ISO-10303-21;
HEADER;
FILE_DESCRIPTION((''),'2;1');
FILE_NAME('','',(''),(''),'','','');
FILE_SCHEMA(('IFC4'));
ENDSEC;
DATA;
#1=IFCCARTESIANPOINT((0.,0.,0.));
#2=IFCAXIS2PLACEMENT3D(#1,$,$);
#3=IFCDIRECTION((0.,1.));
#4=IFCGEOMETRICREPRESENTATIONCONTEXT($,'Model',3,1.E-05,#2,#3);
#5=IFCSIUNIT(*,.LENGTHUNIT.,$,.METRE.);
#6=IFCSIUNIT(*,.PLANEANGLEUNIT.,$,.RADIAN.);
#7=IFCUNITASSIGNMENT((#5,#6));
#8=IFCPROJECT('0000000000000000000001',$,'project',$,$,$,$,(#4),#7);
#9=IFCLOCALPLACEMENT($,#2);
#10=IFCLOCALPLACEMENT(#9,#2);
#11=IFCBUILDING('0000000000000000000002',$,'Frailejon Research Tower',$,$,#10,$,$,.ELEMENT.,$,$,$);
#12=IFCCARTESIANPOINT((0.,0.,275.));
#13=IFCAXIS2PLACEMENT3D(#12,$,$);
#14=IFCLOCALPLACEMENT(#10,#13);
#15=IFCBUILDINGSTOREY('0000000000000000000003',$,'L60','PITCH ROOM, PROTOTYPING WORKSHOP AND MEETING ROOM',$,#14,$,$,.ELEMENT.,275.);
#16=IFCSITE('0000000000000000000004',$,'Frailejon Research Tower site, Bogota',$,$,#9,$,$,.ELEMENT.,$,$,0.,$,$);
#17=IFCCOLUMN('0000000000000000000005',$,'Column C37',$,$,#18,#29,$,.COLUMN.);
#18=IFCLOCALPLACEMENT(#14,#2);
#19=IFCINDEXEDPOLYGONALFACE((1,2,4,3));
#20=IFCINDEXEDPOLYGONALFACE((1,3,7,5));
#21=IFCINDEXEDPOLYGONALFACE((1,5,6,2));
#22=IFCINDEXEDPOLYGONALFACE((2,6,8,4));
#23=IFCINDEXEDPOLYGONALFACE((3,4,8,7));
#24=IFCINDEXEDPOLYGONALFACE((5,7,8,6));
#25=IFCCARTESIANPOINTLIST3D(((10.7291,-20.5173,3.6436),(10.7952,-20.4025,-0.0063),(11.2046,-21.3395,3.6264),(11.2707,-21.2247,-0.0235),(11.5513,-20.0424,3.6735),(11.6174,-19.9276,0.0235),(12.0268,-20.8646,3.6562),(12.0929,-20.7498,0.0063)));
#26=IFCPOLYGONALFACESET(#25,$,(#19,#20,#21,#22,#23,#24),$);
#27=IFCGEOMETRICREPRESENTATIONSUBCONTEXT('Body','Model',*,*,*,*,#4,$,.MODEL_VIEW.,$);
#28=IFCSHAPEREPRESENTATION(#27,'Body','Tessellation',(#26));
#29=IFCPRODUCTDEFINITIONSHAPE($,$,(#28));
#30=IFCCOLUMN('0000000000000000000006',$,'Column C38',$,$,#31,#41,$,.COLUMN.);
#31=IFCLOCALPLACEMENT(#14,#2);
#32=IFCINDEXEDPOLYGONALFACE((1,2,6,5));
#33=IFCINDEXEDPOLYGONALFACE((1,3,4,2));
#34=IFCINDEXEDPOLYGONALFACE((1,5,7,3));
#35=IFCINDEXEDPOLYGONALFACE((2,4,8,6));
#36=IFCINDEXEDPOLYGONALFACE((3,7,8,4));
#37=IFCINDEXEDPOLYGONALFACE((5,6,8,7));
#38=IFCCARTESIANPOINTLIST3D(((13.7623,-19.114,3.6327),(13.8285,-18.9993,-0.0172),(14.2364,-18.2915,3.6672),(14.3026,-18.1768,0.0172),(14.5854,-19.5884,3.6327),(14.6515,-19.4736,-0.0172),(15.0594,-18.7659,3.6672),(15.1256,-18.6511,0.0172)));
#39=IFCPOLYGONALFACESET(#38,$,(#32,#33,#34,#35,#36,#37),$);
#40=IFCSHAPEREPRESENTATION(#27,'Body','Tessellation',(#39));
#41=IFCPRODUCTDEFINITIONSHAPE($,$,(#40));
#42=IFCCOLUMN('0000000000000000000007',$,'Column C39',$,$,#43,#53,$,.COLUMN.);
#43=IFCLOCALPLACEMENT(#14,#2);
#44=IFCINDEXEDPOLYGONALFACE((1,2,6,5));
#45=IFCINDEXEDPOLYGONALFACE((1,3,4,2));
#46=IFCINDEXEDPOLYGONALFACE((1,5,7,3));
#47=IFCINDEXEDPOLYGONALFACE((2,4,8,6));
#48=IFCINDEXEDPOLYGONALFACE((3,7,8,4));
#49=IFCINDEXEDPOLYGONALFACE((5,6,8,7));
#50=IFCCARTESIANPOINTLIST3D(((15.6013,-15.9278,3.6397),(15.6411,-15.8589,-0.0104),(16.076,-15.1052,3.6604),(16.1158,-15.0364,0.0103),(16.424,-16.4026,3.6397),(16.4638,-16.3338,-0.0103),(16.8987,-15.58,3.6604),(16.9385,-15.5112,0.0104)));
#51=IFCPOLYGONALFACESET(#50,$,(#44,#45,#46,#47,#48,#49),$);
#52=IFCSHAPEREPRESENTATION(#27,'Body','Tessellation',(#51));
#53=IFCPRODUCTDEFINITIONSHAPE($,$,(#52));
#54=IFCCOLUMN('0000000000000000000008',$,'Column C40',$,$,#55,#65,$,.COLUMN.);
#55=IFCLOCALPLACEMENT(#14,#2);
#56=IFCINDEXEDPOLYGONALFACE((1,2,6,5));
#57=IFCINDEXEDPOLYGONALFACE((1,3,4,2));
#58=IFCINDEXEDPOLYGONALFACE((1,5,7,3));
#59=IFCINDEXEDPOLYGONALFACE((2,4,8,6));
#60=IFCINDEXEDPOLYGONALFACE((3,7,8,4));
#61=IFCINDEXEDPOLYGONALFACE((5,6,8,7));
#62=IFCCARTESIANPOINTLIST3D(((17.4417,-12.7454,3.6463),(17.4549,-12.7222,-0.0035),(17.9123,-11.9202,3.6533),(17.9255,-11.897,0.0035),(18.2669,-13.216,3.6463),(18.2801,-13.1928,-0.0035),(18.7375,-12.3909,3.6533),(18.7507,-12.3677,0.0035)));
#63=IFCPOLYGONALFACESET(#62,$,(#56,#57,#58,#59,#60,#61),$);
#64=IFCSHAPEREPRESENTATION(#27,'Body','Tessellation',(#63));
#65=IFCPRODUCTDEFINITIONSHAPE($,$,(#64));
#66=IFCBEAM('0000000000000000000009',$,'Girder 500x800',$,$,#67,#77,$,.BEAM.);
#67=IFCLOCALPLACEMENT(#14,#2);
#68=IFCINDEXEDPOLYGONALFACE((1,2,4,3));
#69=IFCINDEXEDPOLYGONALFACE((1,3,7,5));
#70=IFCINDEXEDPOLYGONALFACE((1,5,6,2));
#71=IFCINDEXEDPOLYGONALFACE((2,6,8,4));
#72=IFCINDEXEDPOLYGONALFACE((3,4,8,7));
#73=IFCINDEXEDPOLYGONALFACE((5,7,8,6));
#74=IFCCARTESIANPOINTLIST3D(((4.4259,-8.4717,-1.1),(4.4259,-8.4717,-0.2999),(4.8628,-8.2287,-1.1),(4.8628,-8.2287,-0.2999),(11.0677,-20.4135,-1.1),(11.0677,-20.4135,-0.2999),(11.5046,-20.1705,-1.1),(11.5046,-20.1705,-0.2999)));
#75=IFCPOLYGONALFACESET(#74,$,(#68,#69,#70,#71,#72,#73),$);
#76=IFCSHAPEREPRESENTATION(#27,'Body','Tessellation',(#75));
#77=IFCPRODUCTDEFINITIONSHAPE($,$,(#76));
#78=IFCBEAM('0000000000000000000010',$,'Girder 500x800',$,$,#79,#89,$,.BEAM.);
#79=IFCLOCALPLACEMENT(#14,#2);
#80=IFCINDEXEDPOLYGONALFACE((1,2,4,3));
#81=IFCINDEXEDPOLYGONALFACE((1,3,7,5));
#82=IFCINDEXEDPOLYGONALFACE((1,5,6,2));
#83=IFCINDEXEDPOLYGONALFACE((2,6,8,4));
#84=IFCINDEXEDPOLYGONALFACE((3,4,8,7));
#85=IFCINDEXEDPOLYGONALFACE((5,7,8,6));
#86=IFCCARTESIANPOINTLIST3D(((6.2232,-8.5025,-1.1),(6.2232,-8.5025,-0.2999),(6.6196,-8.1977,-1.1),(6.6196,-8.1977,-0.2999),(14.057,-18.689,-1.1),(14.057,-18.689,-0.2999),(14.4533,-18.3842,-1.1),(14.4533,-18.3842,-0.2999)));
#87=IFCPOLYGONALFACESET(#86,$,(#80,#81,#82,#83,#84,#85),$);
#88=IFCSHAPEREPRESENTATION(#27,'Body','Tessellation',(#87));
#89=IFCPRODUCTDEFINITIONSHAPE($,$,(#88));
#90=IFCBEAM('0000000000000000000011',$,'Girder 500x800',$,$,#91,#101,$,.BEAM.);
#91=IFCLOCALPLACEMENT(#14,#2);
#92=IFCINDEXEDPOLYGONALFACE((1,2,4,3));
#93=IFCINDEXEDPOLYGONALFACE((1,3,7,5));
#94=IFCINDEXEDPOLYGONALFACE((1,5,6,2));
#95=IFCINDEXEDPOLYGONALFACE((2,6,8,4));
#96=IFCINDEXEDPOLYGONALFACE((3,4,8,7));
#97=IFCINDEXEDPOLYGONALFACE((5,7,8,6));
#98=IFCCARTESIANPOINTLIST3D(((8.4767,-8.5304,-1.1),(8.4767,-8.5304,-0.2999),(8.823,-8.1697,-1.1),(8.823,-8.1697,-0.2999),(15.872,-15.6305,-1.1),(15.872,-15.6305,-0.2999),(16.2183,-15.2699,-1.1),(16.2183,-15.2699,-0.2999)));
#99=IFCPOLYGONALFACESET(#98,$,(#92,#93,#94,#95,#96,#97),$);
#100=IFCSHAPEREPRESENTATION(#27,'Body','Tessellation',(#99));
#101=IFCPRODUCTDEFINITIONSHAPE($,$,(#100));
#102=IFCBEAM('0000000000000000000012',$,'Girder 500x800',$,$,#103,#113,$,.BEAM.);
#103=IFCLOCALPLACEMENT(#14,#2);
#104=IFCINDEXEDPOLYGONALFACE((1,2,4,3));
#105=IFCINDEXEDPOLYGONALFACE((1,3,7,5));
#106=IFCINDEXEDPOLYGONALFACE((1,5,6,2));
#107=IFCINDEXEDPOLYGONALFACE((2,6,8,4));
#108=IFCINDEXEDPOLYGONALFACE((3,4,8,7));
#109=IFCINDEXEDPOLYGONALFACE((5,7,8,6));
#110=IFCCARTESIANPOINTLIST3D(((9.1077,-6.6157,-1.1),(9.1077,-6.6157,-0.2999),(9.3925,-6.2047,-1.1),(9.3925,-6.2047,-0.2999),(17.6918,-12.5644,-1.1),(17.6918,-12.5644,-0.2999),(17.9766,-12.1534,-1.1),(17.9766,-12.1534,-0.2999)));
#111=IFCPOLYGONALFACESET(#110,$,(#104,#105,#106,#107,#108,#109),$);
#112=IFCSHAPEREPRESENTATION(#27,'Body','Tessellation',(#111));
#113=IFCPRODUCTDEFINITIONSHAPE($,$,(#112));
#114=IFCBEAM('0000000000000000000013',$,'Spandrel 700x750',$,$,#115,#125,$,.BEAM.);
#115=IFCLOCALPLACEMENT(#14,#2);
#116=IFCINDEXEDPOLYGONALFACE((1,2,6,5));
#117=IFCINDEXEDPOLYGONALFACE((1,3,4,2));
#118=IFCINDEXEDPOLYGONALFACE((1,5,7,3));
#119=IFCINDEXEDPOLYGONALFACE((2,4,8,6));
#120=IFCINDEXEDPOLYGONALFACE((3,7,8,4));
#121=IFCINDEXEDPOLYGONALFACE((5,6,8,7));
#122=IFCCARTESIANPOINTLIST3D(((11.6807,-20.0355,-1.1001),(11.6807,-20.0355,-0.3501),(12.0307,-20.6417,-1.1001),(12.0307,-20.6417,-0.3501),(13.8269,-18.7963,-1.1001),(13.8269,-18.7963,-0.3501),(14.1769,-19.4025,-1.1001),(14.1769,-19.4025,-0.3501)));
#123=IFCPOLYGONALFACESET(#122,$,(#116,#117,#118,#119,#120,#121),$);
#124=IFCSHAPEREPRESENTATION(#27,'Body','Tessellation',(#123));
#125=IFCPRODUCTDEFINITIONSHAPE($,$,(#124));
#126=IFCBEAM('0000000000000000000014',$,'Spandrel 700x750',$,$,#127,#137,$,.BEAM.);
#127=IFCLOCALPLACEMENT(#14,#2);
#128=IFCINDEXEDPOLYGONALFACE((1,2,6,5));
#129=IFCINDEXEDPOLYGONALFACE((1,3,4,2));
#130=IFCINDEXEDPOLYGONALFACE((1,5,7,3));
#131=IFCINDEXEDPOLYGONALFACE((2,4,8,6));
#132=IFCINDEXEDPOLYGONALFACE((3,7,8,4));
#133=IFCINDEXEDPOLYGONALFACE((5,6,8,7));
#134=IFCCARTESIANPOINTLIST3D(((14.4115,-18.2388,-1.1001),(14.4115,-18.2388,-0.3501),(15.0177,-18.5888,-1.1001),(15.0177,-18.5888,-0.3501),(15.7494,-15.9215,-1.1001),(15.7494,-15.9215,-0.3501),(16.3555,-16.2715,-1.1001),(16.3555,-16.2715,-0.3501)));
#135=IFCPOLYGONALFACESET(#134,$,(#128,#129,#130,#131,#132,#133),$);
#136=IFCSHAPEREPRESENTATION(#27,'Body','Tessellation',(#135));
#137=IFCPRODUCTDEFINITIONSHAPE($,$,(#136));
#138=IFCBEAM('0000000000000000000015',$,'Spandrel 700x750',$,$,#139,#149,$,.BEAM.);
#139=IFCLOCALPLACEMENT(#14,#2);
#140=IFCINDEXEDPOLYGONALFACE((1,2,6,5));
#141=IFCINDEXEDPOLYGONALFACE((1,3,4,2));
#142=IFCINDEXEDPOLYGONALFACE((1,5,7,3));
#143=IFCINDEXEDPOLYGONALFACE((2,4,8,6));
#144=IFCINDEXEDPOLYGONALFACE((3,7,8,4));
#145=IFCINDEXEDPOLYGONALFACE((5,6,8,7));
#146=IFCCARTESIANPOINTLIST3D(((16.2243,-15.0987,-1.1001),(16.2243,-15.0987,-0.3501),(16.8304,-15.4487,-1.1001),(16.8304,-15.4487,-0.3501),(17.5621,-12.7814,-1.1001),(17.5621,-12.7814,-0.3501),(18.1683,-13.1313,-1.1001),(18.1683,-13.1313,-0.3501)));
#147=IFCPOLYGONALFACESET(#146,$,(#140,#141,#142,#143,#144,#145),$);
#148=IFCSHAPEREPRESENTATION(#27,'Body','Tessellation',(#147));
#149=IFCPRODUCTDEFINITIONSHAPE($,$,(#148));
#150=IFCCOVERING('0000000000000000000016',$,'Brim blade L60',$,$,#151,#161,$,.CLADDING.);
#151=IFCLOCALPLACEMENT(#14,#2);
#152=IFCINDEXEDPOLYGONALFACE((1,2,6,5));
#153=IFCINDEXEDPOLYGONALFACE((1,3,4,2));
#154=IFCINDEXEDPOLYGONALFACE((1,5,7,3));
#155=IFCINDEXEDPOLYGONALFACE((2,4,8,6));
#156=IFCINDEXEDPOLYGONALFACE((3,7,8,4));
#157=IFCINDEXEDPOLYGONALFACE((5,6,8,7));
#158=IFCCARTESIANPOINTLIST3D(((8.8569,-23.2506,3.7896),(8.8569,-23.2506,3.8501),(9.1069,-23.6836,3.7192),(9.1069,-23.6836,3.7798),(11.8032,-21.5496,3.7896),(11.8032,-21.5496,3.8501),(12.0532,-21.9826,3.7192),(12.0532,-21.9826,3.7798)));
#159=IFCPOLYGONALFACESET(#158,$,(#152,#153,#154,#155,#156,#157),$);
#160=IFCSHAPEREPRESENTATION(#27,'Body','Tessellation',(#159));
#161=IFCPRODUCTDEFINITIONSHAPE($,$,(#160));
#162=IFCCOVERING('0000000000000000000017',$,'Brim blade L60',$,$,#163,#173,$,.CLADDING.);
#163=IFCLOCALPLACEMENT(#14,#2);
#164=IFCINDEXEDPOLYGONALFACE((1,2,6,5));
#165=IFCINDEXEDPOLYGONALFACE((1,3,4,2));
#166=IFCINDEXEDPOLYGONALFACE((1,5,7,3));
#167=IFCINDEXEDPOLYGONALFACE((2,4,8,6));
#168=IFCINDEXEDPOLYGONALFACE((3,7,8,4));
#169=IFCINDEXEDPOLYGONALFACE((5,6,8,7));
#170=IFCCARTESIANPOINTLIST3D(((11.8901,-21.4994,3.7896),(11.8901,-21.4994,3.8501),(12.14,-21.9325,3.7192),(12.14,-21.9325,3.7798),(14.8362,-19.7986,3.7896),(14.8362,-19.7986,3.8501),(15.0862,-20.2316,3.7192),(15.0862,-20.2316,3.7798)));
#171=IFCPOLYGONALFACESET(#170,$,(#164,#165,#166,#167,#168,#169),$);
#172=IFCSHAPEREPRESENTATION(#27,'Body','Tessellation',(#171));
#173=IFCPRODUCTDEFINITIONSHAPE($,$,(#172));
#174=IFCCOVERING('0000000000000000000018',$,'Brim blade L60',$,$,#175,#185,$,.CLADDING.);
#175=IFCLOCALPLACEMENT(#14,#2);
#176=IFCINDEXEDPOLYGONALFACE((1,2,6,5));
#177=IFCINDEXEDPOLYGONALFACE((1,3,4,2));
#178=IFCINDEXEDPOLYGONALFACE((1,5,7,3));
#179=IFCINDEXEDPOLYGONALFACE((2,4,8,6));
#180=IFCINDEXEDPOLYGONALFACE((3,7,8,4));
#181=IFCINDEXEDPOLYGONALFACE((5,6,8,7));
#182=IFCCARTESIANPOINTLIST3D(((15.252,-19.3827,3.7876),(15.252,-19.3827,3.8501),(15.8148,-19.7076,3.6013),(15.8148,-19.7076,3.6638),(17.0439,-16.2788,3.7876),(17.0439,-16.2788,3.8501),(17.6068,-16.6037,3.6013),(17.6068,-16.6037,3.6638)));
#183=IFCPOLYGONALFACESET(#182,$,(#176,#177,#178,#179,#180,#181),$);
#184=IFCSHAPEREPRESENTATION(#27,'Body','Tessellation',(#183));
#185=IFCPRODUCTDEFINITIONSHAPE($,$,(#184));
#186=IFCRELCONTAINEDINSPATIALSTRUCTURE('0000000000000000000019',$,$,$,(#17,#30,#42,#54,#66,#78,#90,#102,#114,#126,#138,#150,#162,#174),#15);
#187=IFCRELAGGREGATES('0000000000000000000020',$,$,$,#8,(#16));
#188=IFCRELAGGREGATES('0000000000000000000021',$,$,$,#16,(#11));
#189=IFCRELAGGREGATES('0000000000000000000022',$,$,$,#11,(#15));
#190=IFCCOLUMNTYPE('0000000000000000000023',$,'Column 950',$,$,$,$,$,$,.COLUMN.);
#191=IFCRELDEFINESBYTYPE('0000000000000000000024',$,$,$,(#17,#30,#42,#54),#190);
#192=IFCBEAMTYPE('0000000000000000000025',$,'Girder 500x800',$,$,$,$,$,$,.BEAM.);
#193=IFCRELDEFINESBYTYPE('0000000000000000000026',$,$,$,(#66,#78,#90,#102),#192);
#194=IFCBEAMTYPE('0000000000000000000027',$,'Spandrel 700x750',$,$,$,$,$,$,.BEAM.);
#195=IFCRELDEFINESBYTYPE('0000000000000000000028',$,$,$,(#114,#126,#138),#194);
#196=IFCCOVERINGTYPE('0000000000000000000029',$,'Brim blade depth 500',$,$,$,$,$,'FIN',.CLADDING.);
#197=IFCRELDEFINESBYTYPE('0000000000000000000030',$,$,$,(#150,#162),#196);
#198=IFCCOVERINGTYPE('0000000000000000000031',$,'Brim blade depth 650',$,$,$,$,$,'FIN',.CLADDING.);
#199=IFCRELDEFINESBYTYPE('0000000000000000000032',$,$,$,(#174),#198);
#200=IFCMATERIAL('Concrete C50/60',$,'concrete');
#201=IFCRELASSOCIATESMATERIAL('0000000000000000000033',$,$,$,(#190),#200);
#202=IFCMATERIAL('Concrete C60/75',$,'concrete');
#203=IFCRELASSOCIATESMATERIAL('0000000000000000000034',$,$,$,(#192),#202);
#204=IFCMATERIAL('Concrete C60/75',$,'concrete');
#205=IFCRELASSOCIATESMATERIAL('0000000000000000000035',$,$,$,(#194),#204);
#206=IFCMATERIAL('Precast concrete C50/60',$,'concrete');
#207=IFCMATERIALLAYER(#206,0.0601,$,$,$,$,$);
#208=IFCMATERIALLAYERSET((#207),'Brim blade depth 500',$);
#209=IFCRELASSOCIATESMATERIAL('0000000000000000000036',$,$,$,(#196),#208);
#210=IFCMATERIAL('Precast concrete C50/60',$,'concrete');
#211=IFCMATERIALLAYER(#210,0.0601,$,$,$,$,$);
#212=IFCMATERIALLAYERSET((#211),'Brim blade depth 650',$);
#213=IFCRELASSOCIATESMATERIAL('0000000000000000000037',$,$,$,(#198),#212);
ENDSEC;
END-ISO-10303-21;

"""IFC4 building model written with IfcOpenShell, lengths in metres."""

from ifc_helpers import new_model, si_unit, direction, frame, origin, origin_2d, place, context, subcontext, project, spatial, polyline, rectangle, outline, extrude, material, layer, layer_set, material_profile, profile_set, type_object, element, save


model = new_model("IFC4")

# Units and contexts
model_context = context("Model", 3, precision=1e-05, world=origin(), true_north=direction((0.0, 1.0)))
body_context = subcontext(model_context, "Body", "Model", "MODEL_VIEW")
ifc_project = project(units=[si_unit("LENGTHUNIT", "METRE"), si_unit("PLANEANGLEUNIT", "RADIAN")], contexts=[model_context])

# Site, building, storey
site_placement = place(None, origin())
site = spatial("IfcSite", under=ifc_project, at=site_placement, Name="Frailejon Research Tower site, Bogota", CompositionType="ELEMENT", RefElevation=0.0)
building_placement = place(site_placement, origin())
building = spatial("IfcBuilding", under=site, at=building_placement, Name="Frailejon Research Tower", CompositionType="ELEMENT")
storey_placement = place(building_placement, frame((0.0, 0.0, 275.0)))
storey = spatial("IfcBuildingStorey", under=building, at=storey_placement, Name="L60", Description="PITCH ROOM, PROTOTYPING WORKSHOP AND MEETING ROOM", CompositionType="ELEMENT", Elevation=275.0)

# Columns
ifc_material_1 = material(Name="Concrete C50/60", Category="concrete")
ifc_material_profile_1 = material_profile(ifc_material_1, rectangle(XDim=0.95, YDim=0.95, at=origin_2d()), Name="Column 950")
ifc_profile_set_1 = profile_set([ifc_material_profile_1], Name="Concrete C50/60")
column_type = type_object("IfcColumnType", Name="Column 950", PredefinedType="COLUMN", material=ifc_profile_set_1)
for number, where, z_axis, x_axis, name in (
    (1, (11.4441, -20.5762, 0.0), (-0.018115, -0.031417, 0.999342), (0.86552, 0.499889, 0.031405), "Column C37"),
    (2, (14.4771, -18.8252, 0.0), (-0.018115, -0.031417, 0.999342), (0.49904, 0.865819, 0.036266), "Column C38"),
):
    element("IfcColumn", number, at=place(storey_placement, frame(where, z_axis=z_axis, x_axis=x_axis)), inside=storey, type_object=column_type, Name=name, PredefinedType="COLUMN", context=body_context, shape_type="SweptSolid", body=[
        extrude(rectangle(XDim=0.95, YDim=0.95, at=origin_2d()), origin(), (0.0, 0.0, 1.0), 3.6523),
    ])
column_1_placement = place(storey_placement, frame((16.2898, -15.6851, 0.0), z_axis=(-0.0109, -0.018858, 0.999763), x_axis=(0.499729, 0.865908, 0.021782)))
element("IfcColumn", 3, at=column_1_placement, inside=storey, type_object=column_type, Name="Column C39", PredefinedType="COLUMN", context=body_context, shape_type="SweptSolid", body=[
    extrude(rectangle(XDim=0.95, YDim=0.95, at=origin_2d()), origin(), (0.0, 0.0, 1.0), 3.6509),
])
column_2_placement = place(storey_placement, frame((18.1028, -12.5449, 0.0), z_axis=(-0.003612, -0.006354, 0.999973), x_axis=(0.495427, 0.868619, 0.007309)))
element("IfcColumn", 4, at=column_2_placement, inside=storey, type_object=column_type, Name="Column C40", PredefinedType="COLUMN", context=body_context, shape_type="SweptSolid", body=[
    extrude(rectangle(XDim=0.95, YDim=0.95, at=origin_2d()), origin(), (0.0, 0.0, 1.0), 3.6499),
])

# Beams
ifc_material_2 = material(Name="Concrete C60/75", Category="concrete")
ifc_material_profile_2 = material_profile(ifc_material_2, rectangle(XDim=0.5, YDim=0.8, at=origin_2d()), Name="Girder 500x800")
ifc_profile_set_2 = profile_set([ifc_material_profile_2], Name="Concrete C60/75")
beam_type_1 = type_object("IfcBeamType", Name="Girder 500x800", PredefinedType="BEAM", material=ifc_profile_set_2)
beam_1_placement = place(storey_placement, frame((11.2861, -20.292, -0.7), z_axis=(-0.48606, 0.873925, 0.0), x_axis=(-0.873925, -0.48606, 0.0)))
element("IfcBeam", 5, at=beam_1_placement, inside=storey, type_object=beam_type_1, Name="Girder 500x800", PredefinedType="BEAM", context=body_context, shape_type="SweptSolid", body=[
    extrude(rectangle(XDim=0.5, YDim=0.8, at=origin_2d()), origin(), (0.0, 0.0, 1.0), 13.6646),
])
beam_2_placement = place(storey_placement, frame((14.2551, -18.5366, -0.7), z_axis=(-0.609611, 0.792701, 0.0), x_axis=(-0.792701, -0.609611, 0.0)))
element("IfcBeam", 6, at=beam_2_placement, inside=storey, type_object=beam_type_1, Name="Girder 500x800", PredefinedType="BEAM", context=body_context, shape_type="SweptSolid", body=[
    extrude(rectangle(XDim=0.5, YDim=0.8, at=origin_2d()), origin(), (0.0, 0.0, 1.0), 12.8503),
])
beam_3_placement = place(storey_placement, frame((16.0452, -15.4502, -0.7), z_axis=(-0.721356, 0.692565, 0.0), x_axis=(-0.692565, -0.721356, 0.0)))
element("IfcBeam", 7, at=beam_3_placement, inside=storey, type_object=beam_type_1, Name="Girder 500x800", PredefinedType="BEAM", context=body_context, shape_type="SweptSolid", body=[
    extrude(rectangle(XDim=0.5, YDim=0.8, at=origin_2d()), origin(), (0.0, 0.0, 1.0), 10.252),
])
beam_4_placement = place(storey_placement, frame((17.8342, -12.3589, -0.7), z_axis=(-0.821932, 0.569586, 0.0), x_axis=(-0.569586, -0.821932, 0.0)))
element("IfcBeam", 8, at=beam_4_placement, inside=storey, type_object=beam_type_1, Name="Girder 500x800", PredefinedType="BEAM", context=body_context, shape_type="SweptSolid", body=[
    extrude(rectangle(XDim=0.5, YDim=0.8, at=origin_2d()), origin(), (0.0, 0.0, 1.0), 10.4438),
])
ifc_material_3 = material(Name="Concrete C60/75", Category="concrete")
ifc_material_profile_3 = material_profile(ifc_material_3, rectangle(XDim=0.7, YDim=0.75, at=origin_2d()), Name="Spandrel 700x750")
ifc_profile_set_3 = profile_set([ifc_material_profile_3], Name="Concrete C60/75")
beam_type_2 = type_object("IfcBeamType", Name="Spandrel 700x750", PredefinedType="BEAM", material=ifc_profile_set_3)
beam_5_placement = place(storey_placement, frame((11.8557, -20.3386, -0.7251), z_axis=(0.866003, 0.500038, 0.0), x_axis=(-0.500038, 0.866003, 0.0)))
element("IfcBeam", 9, at=beam_5_placement, inside=storey, type_object=beam_type_2, Name="Spandrel 700x750", PredefinedType="BEAM", context=body_context, shape_type="SweptSolid", body=[
    extrude(rectangle(XDim=0.7, YDim=0.75, at=origin_2d()), origin(), (0.0, 0.0, 1.0), 2.4783),
])
for number, where, z_axis, x_axis, name in (
    (10, (14.7146, -18.4138, -0.7251), (0.499986, 0.866034, 0.0), (-0.866034, 0.499986, 0.0), "Spandrel 700x750"),
    (11, (16.5273, -15.2737, -0.7251), (0.499986, 0.866034, 0.0), (-0.866034, 0.499986, 0.0), "Spandrel 700x750"),
):
    element("IfcBeam", number, at=place(storey_placement, frame(where, z_axis=z_axis, x_axis=x_axis)), inside=storey, type_object=beam_type_2, Name=name, PredefinedType="BEAM", context=body_context, shape_type="SweptSolid", body=[
        extrude(rectangle(XDim=0.7, YDim=0.75, at=origin_2d()), origin(), (0.0, 0.0, 1.0), 2.6758),
    ])

# Coverings
ifc_material_4 = material(Name="Precast concrete C50/60", Category="concrete")
ifc_layer_1 = layer(ifc_material_4, 0.0601)
ifc_layer_set_1 = layer_set([ifc_layer_1], Name="Brim blade depth 500")
covering_type_1 = type_object("IfcCoveringType", Name="Brim blade depth 500", ElementType="FIN", PredefinedType="CLADDING", material=ifc_layer_set_1)
covering_1_placement = place(storey_placement, frame((11.8032, -21.5496, 3.8501), z_axis=(-0.866024, -0.500003, 0.0), x_axis=(0.500003, -0.866024, 0.0)))
element("IfcCovering", 12, at=covering_1_placement, inside=storey, type_object=covering_type_1, Name="Brim blade L60", PredefinedType="CLADDING", context=body_context, shape_type="SweptSolid", body=[
    extrude(outline(polyline([(0.0, -0.0605), (0.5, -0.1309), (0.5, -0.0703), (0.0, 0.0), (0.0, -0.0605)])), origin(), (0.0, 0.0, 1.0), 3.4021),
])
covering_2_placement = place(storey_placement, frame((14.8362, -19.7986, 3.8501), z_axis=(-0.866036, -0.499981, 0.0), x_axis=(0.499981, -0.866036, 0.0)))
element("IfcCovering", 13, at=covering_2_placement, inside=storey, type_object=covering_type_1, Name="Brim blade L60", PredefinedType="CLADDING", context=body_context, shape_type="SweptSolid", body=[
    extrude(outline(polyline([(0.0, -0.0605), (0.5, -0.1309), (0.5, -0.0703), (0.0, 0.0), (0.0, -0.0605)])), origin(), (0.0, 0.0, 1.0), 3.4019),
])
ifc_material_5 = material(Name="Precast concrete C50/60", Category="concrete")
ifc_layer_2 = layer(ifc_material_5, 0.0601)
ifc_layer_set_2 = layer_set([ifc_layer_2], Name="Brim blade depth 650")
covering_type_2 = type_object("IfcCoveringType", Name="Brim blade depth 650", ElementType="FIN", PredefinedType="CLADDING", material=ifc_layer_set_2)
covering_3_placement = place(storey_placement, frame((17.0439, -16.2788, 3.8501), z_axis=(-0.499984, -0.866035, 0.0), x_axis=(0.866035, -0.499984, 0.0)))
element("IfcCovering", 14, at=covering_3_placement, inside=storey, type_object=covering_type_2, Name="Brim blade L60", PredefinedType="CLADDING", context=body_context, shape_type="SweptSolid", body=[
    extrude(outline(polyline([(0.0, -0.0625), (0.6499, -0.2488), (0.6499, -0.1863), (0.0, 0.0), (0.0, -0.0625)])), origin(), (0.0, 0.0, 1.0), 3.584),
])

save(model, "model.ifc")
